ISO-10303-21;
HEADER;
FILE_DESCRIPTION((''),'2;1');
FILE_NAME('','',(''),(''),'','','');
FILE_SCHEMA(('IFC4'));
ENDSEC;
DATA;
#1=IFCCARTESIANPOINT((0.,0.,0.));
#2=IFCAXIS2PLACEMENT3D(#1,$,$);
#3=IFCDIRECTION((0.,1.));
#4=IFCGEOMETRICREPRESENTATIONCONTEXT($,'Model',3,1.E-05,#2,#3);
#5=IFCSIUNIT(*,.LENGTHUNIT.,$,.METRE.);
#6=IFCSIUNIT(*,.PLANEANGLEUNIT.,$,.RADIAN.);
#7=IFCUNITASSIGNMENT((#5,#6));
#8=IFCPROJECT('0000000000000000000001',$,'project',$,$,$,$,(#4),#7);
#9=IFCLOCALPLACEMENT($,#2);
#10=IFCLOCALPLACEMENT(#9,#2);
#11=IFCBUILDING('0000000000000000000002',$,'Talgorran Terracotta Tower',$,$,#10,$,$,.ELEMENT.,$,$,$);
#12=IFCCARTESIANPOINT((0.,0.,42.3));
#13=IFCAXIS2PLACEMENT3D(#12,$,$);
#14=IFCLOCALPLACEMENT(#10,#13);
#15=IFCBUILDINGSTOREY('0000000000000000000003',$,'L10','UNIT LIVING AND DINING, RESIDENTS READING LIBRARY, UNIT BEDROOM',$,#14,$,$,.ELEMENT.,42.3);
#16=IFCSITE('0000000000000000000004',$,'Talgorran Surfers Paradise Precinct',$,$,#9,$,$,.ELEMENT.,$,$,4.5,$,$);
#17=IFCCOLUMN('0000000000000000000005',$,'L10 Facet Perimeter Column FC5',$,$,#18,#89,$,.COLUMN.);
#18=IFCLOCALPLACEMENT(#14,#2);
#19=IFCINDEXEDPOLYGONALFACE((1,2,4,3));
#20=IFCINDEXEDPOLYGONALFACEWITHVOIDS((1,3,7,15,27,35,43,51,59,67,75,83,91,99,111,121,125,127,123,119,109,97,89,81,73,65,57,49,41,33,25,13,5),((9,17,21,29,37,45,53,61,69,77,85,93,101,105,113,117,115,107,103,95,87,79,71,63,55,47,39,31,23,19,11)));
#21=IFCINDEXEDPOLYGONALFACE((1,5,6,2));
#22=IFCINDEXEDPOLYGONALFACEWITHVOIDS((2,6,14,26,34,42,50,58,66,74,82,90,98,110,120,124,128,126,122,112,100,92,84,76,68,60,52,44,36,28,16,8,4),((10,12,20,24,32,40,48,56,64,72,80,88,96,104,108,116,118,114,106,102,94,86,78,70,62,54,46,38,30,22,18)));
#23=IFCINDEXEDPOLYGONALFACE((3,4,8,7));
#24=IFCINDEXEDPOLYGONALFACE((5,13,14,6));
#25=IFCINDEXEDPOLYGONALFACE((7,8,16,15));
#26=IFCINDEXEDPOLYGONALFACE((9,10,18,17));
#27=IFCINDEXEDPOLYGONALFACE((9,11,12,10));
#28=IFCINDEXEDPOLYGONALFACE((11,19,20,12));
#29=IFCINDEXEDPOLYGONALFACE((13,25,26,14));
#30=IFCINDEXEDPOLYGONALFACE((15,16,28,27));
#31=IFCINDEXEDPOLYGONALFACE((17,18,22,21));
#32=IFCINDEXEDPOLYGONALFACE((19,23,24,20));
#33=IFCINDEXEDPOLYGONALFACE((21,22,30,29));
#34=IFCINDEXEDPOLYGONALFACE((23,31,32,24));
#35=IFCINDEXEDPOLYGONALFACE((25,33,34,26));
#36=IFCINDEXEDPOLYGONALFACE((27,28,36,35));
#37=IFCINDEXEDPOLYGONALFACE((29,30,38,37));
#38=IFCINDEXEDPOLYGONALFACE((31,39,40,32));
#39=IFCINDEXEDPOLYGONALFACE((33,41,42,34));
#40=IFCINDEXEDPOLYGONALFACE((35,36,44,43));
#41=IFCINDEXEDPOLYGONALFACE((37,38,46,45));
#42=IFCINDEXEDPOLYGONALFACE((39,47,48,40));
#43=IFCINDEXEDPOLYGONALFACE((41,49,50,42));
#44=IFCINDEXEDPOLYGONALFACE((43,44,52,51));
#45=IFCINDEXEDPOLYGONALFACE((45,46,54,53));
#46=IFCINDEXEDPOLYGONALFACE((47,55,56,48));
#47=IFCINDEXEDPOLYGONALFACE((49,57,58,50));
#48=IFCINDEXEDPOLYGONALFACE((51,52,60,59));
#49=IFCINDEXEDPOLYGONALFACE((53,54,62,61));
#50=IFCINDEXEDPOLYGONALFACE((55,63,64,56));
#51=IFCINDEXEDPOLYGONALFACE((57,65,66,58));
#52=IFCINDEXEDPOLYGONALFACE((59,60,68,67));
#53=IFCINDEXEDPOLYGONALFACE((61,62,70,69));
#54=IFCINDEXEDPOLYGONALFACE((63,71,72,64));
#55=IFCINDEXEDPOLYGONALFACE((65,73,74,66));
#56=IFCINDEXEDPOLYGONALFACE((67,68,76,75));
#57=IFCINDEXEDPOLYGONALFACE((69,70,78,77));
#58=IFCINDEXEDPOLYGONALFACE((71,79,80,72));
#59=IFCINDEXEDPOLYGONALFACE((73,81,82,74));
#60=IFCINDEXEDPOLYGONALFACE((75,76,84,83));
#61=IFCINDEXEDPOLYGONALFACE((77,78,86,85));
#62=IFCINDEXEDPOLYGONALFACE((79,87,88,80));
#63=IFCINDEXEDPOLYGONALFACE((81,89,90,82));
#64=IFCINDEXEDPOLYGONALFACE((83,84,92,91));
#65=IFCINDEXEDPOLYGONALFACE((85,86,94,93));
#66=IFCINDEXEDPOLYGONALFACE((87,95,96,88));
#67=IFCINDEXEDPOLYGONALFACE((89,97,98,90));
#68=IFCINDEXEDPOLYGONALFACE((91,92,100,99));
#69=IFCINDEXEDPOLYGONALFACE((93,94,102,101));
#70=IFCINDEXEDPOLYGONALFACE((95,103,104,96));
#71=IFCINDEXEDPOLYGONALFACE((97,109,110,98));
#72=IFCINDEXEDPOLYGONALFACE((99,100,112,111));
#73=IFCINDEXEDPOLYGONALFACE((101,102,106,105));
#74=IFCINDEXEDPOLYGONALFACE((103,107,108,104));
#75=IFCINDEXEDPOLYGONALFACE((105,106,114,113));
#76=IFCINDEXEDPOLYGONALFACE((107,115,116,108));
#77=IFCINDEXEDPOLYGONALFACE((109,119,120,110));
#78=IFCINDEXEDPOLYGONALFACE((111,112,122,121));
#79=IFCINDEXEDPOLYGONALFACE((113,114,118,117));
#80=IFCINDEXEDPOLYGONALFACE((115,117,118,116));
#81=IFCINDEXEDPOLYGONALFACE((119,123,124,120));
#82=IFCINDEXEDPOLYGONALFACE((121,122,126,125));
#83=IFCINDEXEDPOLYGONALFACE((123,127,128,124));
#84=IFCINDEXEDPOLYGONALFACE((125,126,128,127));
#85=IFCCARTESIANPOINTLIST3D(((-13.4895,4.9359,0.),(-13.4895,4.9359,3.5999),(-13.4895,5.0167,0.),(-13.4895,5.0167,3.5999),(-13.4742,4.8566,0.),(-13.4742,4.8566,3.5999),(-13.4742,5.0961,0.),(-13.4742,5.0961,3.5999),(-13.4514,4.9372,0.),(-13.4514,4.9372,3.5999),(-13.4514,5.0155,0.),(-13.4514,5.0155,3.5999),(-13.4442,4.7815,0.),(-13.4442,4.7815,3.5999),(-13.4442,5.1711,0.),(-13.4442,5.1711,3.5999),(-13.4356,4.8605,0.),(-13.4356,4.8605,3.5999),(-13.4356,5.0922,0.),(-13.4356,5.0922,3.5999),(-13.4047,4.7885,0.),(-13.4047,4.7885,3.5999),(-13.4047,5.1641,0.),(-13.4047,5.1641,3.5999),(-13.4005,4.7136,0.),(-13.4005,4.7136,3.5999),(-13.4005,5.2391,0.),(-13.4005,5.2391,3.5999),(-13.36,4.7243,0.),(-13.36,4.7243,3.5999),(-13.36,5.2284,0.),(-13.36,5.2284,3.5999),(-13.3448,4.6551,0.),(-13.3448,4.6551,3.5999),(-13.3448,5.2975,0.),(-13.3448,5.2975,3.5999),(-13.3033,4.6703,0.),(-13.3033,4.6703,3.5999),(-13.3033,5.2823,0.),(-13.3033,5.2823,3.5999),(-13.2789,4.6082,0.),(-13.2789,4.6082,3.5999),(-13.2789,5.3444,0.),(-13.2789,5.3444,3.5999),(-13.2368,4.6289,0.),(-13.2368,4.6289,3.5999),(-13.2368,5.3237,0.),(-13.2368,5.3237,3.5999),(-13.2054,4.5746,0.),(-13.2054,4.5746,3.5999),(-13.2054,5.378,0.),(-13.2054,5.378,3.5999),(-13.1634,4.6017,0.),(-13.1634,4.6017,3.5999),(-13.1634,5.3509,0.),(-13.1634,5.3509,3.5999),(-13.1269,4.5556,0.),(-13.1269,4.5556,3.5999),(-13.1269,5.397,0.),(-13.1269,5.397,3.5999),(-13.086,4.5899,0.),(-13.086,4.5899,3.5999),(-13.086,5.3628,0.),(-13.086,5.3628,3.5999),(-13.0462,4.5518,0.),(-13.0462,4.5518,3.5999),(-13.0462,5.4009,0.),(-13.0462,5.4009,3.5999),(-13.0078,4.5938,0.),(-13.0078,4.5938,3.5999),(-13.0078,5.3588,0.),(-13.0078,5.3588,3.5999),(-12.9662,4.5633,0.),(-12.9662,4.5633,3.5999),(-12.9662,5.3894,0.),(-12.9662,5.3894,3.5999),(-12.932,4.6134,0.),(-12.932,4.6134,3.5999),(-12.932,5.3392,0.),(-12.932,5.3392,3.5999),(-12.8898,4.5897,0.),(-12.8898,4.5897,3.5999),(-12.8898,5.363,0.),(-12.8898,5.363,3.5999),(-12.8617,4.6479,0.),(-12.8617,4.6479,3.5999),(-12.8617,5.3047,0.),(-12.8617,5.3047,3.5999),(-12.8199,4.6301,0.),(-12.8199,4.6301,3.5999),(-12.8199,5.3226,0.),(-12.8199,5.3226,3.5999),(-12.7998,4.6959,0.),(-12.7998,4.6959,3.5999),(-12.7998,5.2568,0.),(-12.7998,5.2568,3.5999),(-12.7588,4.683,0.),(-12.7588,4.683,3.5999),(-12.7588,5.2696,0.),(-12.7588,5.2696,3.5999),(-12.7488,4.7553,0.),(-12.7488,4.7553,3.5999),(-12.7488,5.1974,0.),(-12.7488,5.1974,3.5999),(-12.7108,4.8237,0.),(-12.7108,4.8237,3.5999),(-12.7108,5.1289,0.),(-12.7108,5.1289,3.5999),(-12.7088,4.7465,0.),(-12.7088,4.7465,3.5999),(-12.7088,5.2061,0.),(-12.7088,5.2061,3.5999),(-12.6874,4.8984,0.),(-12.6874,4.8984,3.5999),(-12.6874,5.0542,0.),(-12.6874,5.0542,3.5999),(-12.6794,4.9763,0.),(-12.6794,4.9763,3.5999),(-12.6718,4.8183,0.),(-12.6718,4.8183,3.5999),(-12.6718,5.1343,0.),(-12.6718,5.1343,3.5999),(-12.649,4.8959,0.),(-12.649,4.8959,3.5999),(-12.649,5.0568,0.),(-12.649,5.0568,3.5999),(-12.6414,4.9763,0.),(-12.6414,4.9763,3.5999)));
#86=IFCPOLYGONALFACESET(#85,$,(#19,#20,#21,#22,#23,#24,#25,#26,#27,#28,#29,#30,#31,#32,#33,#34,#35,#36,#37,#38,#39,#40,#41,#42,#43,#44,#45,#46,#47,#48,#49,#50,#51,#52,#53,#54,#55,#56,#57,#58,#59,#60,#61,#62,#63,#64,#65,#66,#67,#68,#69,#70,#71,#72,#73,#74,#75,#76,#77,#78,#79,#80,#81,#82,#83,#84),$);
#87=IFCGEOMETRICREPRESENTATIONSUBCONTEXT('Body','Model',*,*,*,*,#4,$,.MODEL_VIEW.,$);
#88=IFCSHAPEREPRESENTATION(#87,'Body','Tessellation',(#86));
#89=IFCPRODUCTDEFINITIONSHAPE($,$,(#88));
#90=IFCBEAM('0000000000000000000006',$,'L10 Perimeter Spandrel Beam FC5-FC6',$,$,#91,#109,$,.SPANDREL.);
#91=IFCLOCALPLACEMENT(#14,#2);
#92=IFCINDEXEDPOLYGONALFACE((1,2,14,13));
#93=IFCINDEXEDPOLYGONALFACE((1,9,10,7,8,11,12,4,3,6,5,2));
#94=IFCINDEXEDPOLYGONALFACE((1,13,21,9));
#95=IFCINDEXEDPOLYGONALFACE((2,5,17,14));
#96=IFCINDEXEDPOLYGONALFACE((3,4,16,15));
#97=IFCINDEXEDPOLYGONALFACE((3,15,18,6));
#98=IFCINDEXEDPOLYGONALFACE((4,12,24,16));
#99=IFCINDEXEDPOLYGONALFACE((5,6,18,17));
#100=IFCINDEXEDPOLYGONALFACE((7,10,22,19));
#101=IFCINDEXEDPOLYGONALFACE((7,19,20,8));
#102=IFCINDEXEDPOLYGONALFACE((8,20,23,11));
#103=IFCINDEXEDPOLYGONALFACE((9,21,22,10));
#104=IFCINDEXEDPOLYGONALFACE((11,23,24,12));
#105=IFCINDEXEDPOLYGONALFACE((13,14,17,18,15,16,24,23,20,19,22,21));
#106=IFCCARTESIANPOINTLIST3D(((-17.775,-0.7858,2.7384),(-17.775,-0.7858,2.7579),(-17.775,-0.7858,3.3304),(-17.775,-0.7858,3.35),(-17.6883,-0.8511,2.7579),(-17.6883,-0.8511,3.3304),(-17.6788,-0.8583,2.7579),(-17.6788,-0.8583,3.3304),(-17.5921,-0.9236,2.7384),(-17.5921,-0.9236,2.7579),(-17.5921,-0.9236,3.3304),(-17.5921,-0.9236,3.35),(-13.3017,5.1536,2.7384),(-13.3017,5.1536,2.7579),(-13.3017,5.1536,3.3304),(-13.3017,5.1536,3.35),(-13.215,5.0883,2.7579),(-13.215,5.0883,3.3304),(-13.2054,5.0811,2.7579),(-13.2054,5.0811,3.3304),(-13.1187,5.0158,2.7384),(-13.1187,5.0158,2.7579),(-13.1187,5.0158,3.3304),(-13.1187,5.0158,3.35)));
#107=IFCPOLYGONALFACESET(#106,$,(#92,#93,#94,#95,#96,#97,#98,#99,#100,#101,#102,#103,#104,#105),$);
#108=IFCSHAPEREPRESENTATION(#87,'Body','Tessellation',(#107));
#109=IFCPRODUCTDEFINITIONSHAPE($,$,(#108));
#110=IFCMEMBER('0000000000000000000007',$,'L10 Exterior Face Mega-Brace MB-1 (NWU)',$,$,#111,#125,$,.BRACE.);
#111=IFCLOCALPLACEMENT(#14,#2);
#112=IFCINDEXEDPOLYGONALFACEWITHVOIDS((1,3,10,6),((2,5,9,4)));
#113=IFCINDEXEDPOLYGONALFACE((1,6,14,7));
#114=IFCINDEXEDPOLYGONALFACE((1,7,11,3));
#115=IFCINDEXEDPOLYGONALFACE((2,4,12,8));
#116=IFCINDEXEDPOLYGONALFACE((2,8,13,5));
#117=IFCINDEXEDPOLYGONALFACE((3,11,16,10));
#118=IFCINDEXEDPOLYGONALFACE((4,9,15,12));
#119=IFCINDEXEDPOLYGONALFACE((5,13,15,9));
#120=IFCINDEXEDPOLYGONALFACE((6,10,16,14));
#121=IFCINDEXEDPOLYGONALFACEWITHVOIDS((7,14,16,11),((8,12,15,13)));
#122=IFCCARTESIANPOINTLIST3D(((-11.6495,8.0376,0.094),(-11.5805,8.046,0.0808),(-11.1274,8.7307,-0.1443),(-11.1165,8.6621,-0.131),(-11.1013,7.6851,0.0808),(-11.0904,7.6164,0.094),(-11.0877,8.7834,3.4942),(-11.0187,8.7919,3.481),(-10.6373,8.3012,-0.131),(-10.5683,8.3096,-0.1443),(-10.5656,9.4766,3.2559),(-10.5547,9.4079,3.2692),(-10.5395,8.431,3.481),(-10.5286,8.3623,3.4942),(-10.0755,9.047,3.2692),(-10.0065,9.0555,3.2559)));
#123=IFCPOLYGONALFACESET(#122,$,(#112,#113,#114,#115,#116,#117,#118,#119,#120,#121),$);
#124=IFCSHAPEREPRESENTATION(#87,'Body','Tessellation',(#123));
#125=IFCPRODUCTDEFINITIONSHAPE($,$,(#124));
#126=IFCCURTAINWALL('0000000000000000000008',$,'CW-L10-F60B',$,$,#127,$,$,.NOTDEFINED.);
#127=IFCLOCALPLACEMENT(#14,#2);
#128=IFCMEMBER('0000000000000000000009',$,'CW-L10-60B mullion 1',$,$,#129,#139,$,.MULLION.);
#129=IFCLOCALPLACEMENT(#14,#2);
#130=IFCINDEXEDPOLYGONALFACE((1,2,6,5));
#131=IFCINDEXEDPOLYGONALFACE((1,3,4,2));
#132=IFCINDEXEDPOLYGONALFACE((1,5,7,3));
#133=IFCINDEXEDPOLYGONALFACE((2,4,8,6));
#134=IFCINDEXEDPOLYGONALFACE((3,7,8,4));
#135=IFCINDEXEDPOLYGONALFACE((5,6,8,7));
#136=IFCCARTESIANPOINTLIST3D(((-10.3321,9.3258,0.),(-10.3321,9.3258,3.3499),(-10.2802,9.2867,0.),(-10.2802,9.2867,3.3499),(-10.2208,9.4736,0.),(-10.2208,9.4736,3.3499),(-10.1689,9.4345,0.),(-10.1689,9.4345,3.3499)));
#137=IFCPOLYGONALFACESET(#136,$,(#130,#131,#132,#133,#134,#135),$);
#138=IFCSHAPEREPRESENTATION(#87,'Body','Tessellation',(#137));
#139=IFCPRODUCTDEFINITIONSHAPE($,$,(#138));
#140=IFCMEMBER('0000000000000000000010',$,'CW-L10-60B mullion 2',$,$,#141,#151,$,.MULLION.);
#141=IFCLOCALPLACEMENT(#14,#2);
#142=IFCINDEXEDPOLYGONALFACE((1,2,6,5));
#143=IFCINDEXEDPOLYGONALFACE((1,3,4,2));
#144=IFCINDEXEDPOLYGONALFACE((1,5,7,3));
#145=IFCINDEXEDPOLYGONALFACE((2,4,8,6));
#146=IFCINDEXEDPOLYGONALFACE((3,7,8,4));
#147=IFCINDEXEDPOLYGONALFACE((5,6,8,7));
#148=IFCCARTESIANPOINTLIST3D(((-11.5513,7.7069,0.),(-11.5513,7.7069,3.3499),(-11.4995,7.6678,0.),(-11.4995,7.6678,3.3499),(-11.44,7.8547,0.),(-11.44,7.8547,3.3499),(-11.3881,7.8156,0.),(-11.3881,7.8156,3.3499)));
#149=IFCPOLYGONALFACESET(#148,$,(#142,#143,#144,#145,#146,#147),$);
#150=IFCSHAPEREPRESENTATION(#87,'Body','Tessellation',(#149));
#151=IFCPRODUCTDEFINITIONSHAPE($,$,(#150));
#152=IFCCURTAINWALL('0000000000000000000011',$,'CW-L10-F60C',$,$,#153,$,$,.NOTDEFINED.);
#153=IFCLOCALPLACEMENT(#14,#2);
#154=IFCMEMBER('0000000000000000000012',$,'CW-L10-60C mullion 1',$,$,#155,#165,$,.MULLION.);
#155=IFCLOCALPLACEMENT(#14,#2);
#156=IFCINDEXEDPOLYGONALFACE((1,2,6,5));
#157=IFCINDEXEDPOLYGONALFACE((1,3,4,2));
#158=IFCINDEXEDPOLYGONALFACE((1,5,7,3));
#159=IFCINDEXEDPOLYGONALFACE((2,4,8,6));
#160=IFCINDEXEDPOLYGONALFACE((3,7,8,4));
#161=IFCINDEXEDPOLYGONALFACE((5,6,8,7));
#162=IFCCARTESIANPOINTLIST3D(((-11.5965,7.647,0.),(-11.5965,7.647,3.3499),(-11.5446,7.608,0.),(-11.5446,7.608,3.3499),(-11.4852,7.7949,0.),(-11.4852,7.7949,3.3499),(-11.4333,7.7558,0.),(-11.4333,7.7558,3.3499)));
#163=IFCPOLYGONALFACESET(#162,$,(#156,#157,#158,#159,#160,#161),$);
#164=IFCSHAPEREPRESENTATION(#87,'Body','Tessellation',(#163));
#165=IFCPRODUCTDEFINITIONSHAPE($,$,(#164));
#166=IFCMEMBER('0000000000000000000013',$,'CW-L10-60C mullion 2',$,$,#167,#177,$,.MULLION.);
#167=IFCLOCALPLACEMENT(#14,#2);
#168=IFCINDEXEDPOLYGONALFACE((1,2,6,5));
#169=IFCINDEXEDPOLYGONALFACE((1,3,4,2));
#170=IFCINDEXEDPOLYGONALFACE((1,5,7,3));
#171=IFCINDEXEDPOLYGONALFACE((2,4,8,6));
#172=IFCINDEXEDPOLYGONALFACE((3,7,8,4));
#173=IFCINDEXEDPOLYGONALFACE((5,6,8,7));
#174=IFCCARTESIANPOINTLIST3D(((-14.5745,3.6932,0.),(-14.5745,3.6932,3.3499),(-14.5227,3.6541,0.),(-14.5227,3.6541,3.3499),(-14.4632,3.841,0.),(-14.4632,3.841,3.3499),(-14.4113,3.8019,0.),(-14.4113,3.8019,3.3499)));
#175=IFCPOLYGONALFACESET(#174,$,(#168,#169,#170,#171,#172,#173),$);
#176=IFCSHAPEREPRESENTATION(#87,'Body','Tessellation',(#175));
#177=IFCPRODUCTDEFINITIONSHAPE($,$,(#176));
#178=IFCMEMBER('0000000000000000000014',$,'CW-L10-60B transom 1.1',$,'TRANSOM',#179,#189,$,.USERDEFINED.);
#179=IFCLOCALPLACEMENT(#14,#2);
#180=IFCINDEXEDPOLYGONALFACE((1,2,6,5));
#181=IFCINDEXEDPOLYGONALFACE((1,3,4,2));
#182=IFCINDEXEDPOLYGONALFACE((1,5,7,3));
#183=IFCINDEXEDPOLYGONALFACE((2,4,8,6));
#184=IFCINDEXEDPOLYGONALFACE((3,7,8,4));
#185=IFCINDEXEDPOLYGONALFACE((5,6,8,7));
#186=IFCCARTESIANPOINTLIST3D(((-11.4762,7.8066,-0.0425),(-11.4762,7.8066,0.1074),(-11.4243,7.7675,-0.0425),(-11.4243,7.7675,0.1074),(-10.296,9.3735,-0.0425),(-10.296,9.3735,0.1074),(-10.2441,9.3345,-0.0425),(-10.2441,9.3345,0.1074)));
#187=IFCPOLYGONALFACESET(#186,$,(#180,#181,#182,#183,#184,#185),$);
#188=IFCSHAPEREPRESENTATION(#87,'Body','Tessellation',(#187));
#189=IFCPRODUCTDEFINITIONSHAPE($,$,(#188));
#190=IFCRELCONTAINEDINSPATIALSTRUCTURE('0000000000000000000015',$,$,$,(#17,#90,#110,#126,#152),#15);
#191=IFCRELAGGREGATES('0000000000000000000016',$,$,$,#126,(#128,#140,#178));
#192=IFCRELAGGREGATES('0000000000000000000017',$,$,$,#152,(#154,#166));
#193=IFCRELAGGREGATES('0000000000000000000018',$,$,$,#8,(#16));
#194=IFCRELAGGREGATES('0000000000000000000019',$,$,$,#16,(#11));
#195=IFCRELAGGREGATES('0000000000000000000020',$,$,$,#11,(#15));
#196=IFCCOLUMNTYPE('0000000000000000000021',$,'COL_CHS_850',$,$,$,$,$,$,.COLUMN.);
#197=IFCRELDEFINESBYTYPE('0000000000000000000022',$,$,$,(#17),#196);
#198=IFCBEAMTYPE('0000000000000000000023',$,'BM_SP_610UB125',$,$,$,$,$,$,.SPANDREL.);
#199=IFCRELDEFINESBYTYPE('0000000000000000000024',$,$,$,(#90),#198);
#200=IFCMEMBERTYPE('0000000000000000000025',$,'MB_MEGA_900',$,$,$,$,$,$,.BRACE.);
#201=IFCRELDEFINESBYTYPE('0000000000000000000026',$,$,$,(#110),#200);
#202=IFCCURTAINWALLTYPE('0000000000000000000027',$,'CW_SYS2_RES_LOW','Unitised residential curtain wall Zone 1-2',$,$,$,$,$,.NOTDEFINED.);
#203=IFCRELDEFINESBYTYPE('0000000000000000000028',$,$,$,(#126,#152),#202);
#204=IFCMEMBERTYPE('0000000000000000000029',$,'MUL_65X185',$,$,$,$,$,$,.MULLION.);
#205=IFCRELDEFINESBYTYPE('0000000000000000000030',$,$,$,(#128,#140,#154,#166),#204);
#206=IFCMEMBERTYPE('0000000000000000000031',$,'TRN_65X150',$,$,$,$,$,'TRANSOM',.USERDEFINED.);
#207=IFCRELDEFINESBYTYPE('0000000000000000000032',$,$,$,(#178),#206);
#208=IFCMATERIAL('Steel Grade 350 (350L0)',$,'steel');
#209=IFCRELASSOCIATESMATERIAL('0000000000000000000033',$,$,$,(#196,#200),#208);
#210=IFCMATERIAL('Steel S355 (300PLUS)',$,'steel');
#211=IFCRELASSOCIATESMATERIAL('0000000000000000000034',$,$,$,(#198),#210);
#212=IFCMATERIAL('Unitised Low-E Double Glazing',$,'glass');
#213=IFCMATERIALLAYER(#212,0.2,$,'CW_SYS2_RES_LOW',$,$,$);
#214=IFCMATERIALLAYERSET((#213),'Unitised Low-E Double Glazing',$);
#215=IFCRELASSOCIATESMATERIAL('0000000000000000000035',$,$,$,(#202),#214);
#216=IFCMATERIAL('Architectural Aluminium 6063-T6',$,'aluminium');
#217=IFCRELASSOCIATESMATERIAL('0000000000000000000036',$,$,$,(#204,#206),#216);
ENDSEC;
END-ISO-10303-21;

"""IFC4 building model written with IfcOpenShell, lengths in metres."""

from ifc_helpers import new_model, si_unit, direction, frame, origin, origin_2d, place, context, subcontext, project, spatial, rectangle, hollow_rectangle, hollow_circle, i_section, extrude, material, layer, layer_set, material_profile, profile_set, type_object, element, aggregate, save


model = new_model("IFC4")

# Units and contexts
model_context = context("Model", 3, precision=1e-05, world=origin(), true_north=direction((0.0, 1.0)))
body_context = subcontext(model_context, "Body", "Model", "MODEL_VIEW")
ifc_project = project(units=[si_unit("LENGTHUNIT", "METRE"), si_unit("PLANEANGLEUNIT", "RADIAN")], contexts=[model_context])

# Site, building, storey
site_placement = place(None, origin())
site = spatial("IfcSite", under=ifc_project, at=site_placement, Name="Talgorran Surfers Paradise Precinct", CompositionType="ELEMENT", RefElevation=4.5)
building_placement = place(site_placement, origin())
building = spatial("IfcBuilding", under=site, at=building_placement, Name="Talgorran Terracotta Tower", CompositionType="ELEMENT")
storey_placement = place(building_placement, frame((0.0, 0.0, 42.3)))
storey = spatial("IfcBuildingStorey", under=building, at=storey_placement, Name="L10", Description="UNIT LIVING AND DINING, RESIDENTS READING LIBRARY, UNIT BEDROOM", CompositionType="ELEMENT", Elevation=42.3)

# Column
ifc_material_1 = material(Name="Steel Grade 350 (350L0)", Category="steel")
ifc_material_profile_1 = material_profile(ifc_material_1, hollow_circle(Radius=0.425, WallThickness=0.0381, at=origin_2d()), Name="CHS850X38")
ifc_profile_set_1 = profile_set([ifc_material_profile_1], Name="Steel Grade 350 (350L0)")
column_type = type_object("IfcColumnType", Name="COL_CHS_850", PredefinedType="COLUMN", material=ifc_profile_set_1)
column_placement = place(storey_placement, frame((-13.0664, 4.9763, 0.0), z_axis=(0.0, 0.0, 1.0), x_axis=(1.0, 0.0, 0.0)))
element("IfcColumn", 1, at=column_placement, inside=storey, type_object=column_type, Name="L10 Facet Perimeter Column FC5", PredefinedType="COLUMN", context=body_context, shape_type="SweptSolid", body=[
    extrude(hollow_circle(Radius=0.425, WallThickness=0.0381, at=origin_2d()), origin(), (0.0, 0.0, 1.0), 3.5999),
])

# Beam
ifc_material_2 = material(Name="Steel S355 (300PLUS)", Category="steel")
ifc_material_profile_2 = material_profile(ifc_material_2, i_section(OverallWidth=0.229, OverallDepth=0.6116, WebThickness=0.012, FlangeThickness=0.0195, at=origin_2d()), Name="610UB125")
ifc_profile_set_2 = profile_set([ifc_material_profile_2], Name="Steel S355 (300PLUS)")
beam_type = type_object("IfcBeamType", Name="BM_SP_610UB125", PredefinedType="SPANDREL", material=ifc_profile_set_2)
beam_placement = place(storey_placement, frame((-13.2102, 5.0847, 3.0442), z_axis=(-0.601617, -0.798785, 0.0), x_axis=(0.798785, -0.601617, 0.0)))
element("IfcBeam", 2, at=beam_placement, inside=storey, type_object=beam_type, Name="L10 Perimeter Spandrel Beam FC5-FC6", PredefinedType="SPANDREL", context=body_context, shape_type="SweptSolid", body=[
    extrude(i_section(OverallWidth=0.229, OverallDepth=0.6116, WebThickness=0.012, FlangeThickness=0.0195, at=origin_2d()), origin(), (0.0, 0.0, 1.0), 7.4355),
])

# Member
ifc_material_profile_3 = material_profile(ifc_material_1, hollow_rectangle(XDim=0.7, YDim=0.8999, WallThickness=0.05, at=origin_2d()), Name="WBOX900X700X50")
ifc_profile_set_3 = profile_set([ifc_material_profile_3], Name="Steel Grade 350 (350L0)")
member_type_1 = type_object("IfcMemberType", Name="MB_MEGA_900", PredefinedType="BRACE", material=ifc_profile_set_3)
member_1_placement = place(storey_placement, frame((-11.1089, 8.1736, -0.0251), z_axis=(0.15932, 0.211527, 0.964299), x_axis=(-0.798775, 0.60163, 0.0)))
element("IfcMember", 3, at=member_1_placement, inside=storey, type_object=member_type_1, Name="L10 Exterior Face Mega-Brace MB-1 (NWU)", PredefinedType="BRACE", context=body_context, shape_type="SweptSolid", body=[
    extrude(hollow_rectangle(XDim=0.7, YDim=0.8999, WallThickness=0.05, at=origin_2d()), origin(), (0.0, 0.0, 1.0), 3.5261),
])

# Curtain walls, members
ifc_material_3 = material(Name="Unitised Low-E Double Glazing", Category="glass")
ifc_layer_1 = layer(ifc_material_3, 0.2, Name="CW_SYS2_RES_LOW")
ifc_layer_set_1 = layer_set([ifc_layer_1], Name="Unitised Low-E Double Glazing")
curtain_wall_type = type_object("IfcCurtainWallType", Name="CW_SYS2_RES_LOW", Description="Unitised residential curtain wall Zone 1-2", PredefinedType="NOTDEFINED", material=ifc_layer_set_1)
curtain_wall_1_placement = place(storey_placement, origin())
curtain_wall_1 = element("IfcCurtainWall", 4, at=curtain_wall_1_placement, inside=storey, type_object=curtain_wall_type, Name="CW-L10-F60B", PredefinedType="NOTDEFINED")
ifc_material_4 = material(Name="Architectural Aluminium 6063-T6", Category="aluminium")
ifc_material_profile_4 = material_profile(ifc_material_4, rectangle(XDim=0.0649, YDim=0.1851, at=origin_2d()), Name="CWM65X185")
ifc_profile_set_4 = profile_set([ifc_material_profile_4], Name="Architectural Aluminium 6063-T6")
member_type_2 = type_object("IfcMemberType", Name="MUL_65X185", PredefinedType="MULLION", material=ifc_profile_set_4)
member_2_placement = place(storey_placement, frame((-10.2505, 9.3801, 0.0), z_axis=(0.0, 0.0, 1.0), x_axis=(0.798765, -0.601643, 0.0)))
member_2 = element("IfcMember", 5, at=member_2_placement, type_object=member_type_2, Name="CW-L10-60B mullion 1", PredefinedType="MULLION", context=body_context, shape_type="SweptSolid", body=[
    extrude(rectangle(XDim=0.0649, YDim=0.1851, at=origin_2d()), origin(), (0.0, 0.0, 1.0), 3.3499),
])
member_3_placement = place(storey_placement, frame((-11.4697, 7.7612, 0.0), z_axis=(0.0, 0.0, 1.0), x_axis=(0.798765, -0.601643, 0.0)))
member_3 = element("IfcMember", 6, at=member_3_placement, type_object=member_type_2, Name="CW-L10-60B mullion 2", PredefinedType="MULLION", context=body_context, shape_type="SweptSolid", body=[
    extrude(rectangle(XDim=0.0649, YDim=0.1851, at=origin_2d()), origin(), (0.0, 0.0, 1.0), 3.3499),
])
curtain_wall_2_placement = place(storey_placement, origin())
curtain_wall_2 = element("IfcCurtainWall", 7, at=curtain_wall_2_placement, inside=storey, type_object=curtain_wall_type, Name="CW-L10-F60C", PredefinedType="NOTDEFINED")
member_4_placement = place(storey_placement, frame((-11.5149, 7.7014, 0.0), z_axis=(0.0, 0.0, 1.0), x_axis=(0.798778, -0.601626, 0.0)))
member_4 = element("IfcMember", 8, at=member_4_placement, type_object=member_type_2, Name="CW-L10-60C mullion 1", PredefinedType="MULLION", context=body_context, shape_type="SweptSolid", body=[
    extrude(rectangle(XDim=0.0649, YDim=0.1851, at=origin_2d()), origin(), (0.0, 0.0, 1.0), 3.3499),
])
member_5_placement = place(storey_placement, frame((-14.4929, 3.7476, 0.0), z_axis=(0.0, 0.0, 1.0), x_axis=(0.798778, -0.601626, 0.0)))
member_5 = element("IfcMember", 9, at=member_5_placement, type_object=member_type_2, Name="CW-L10-60C mullion 2", PredefinedType="MULLION", context=body_context, shape_type="SweptSolid", body=[
    extrude(rectangle(XDim=0.0649, YDim=0.1851, at=origin_2d()), origin(), (0.0, 0.0, 1.0), 3.3499),
])

# Member
ifc_material_profile_5 = material_profile(ifc_material_4, rectangle(XDim=0.0649, YDim=0.1499, at=origin_2d()), Name="CWT65X150")
ifc_profile_set_5 = profile_set([ifc_material_profile_5], Name="Architectural Aluminium 6063-T6")
member_type_3 = type_object("IfcMemberType", Name="TRN_65X150", ElementType="TRANSOM", PredefinedType="USERDEFINED", material=ifc_profile_set_5)
member_6_placement = place(storey_placement, frame((-10.27, 9.354, 0.0325), z_axis=(-0.601632, -0.798774, 0.0), x_axis=(0.798774, -0.601632, 0.0)))
member_6 = element("IfcMember", 10, at=member_6_placement, type_object=member_type_3, Name="CW-L10-60B transom 1.1", ObjectType="TRANSOM", PredefinedType="USERDEFINED", context=body_context, shape_type="SweptSolid", body=[
    extrude(rectangle(XDim=0.0649, YDim=0.1499, at=origin_2d()), origin(), (0.0, 0.0, 1.0), 1.9617),
])

aggregate(curtain_wall_1, [member_2, member_3, member_6])
aggregate(curtain_wall_2, [member_4, member_5])

save(model, "model.ifc")
